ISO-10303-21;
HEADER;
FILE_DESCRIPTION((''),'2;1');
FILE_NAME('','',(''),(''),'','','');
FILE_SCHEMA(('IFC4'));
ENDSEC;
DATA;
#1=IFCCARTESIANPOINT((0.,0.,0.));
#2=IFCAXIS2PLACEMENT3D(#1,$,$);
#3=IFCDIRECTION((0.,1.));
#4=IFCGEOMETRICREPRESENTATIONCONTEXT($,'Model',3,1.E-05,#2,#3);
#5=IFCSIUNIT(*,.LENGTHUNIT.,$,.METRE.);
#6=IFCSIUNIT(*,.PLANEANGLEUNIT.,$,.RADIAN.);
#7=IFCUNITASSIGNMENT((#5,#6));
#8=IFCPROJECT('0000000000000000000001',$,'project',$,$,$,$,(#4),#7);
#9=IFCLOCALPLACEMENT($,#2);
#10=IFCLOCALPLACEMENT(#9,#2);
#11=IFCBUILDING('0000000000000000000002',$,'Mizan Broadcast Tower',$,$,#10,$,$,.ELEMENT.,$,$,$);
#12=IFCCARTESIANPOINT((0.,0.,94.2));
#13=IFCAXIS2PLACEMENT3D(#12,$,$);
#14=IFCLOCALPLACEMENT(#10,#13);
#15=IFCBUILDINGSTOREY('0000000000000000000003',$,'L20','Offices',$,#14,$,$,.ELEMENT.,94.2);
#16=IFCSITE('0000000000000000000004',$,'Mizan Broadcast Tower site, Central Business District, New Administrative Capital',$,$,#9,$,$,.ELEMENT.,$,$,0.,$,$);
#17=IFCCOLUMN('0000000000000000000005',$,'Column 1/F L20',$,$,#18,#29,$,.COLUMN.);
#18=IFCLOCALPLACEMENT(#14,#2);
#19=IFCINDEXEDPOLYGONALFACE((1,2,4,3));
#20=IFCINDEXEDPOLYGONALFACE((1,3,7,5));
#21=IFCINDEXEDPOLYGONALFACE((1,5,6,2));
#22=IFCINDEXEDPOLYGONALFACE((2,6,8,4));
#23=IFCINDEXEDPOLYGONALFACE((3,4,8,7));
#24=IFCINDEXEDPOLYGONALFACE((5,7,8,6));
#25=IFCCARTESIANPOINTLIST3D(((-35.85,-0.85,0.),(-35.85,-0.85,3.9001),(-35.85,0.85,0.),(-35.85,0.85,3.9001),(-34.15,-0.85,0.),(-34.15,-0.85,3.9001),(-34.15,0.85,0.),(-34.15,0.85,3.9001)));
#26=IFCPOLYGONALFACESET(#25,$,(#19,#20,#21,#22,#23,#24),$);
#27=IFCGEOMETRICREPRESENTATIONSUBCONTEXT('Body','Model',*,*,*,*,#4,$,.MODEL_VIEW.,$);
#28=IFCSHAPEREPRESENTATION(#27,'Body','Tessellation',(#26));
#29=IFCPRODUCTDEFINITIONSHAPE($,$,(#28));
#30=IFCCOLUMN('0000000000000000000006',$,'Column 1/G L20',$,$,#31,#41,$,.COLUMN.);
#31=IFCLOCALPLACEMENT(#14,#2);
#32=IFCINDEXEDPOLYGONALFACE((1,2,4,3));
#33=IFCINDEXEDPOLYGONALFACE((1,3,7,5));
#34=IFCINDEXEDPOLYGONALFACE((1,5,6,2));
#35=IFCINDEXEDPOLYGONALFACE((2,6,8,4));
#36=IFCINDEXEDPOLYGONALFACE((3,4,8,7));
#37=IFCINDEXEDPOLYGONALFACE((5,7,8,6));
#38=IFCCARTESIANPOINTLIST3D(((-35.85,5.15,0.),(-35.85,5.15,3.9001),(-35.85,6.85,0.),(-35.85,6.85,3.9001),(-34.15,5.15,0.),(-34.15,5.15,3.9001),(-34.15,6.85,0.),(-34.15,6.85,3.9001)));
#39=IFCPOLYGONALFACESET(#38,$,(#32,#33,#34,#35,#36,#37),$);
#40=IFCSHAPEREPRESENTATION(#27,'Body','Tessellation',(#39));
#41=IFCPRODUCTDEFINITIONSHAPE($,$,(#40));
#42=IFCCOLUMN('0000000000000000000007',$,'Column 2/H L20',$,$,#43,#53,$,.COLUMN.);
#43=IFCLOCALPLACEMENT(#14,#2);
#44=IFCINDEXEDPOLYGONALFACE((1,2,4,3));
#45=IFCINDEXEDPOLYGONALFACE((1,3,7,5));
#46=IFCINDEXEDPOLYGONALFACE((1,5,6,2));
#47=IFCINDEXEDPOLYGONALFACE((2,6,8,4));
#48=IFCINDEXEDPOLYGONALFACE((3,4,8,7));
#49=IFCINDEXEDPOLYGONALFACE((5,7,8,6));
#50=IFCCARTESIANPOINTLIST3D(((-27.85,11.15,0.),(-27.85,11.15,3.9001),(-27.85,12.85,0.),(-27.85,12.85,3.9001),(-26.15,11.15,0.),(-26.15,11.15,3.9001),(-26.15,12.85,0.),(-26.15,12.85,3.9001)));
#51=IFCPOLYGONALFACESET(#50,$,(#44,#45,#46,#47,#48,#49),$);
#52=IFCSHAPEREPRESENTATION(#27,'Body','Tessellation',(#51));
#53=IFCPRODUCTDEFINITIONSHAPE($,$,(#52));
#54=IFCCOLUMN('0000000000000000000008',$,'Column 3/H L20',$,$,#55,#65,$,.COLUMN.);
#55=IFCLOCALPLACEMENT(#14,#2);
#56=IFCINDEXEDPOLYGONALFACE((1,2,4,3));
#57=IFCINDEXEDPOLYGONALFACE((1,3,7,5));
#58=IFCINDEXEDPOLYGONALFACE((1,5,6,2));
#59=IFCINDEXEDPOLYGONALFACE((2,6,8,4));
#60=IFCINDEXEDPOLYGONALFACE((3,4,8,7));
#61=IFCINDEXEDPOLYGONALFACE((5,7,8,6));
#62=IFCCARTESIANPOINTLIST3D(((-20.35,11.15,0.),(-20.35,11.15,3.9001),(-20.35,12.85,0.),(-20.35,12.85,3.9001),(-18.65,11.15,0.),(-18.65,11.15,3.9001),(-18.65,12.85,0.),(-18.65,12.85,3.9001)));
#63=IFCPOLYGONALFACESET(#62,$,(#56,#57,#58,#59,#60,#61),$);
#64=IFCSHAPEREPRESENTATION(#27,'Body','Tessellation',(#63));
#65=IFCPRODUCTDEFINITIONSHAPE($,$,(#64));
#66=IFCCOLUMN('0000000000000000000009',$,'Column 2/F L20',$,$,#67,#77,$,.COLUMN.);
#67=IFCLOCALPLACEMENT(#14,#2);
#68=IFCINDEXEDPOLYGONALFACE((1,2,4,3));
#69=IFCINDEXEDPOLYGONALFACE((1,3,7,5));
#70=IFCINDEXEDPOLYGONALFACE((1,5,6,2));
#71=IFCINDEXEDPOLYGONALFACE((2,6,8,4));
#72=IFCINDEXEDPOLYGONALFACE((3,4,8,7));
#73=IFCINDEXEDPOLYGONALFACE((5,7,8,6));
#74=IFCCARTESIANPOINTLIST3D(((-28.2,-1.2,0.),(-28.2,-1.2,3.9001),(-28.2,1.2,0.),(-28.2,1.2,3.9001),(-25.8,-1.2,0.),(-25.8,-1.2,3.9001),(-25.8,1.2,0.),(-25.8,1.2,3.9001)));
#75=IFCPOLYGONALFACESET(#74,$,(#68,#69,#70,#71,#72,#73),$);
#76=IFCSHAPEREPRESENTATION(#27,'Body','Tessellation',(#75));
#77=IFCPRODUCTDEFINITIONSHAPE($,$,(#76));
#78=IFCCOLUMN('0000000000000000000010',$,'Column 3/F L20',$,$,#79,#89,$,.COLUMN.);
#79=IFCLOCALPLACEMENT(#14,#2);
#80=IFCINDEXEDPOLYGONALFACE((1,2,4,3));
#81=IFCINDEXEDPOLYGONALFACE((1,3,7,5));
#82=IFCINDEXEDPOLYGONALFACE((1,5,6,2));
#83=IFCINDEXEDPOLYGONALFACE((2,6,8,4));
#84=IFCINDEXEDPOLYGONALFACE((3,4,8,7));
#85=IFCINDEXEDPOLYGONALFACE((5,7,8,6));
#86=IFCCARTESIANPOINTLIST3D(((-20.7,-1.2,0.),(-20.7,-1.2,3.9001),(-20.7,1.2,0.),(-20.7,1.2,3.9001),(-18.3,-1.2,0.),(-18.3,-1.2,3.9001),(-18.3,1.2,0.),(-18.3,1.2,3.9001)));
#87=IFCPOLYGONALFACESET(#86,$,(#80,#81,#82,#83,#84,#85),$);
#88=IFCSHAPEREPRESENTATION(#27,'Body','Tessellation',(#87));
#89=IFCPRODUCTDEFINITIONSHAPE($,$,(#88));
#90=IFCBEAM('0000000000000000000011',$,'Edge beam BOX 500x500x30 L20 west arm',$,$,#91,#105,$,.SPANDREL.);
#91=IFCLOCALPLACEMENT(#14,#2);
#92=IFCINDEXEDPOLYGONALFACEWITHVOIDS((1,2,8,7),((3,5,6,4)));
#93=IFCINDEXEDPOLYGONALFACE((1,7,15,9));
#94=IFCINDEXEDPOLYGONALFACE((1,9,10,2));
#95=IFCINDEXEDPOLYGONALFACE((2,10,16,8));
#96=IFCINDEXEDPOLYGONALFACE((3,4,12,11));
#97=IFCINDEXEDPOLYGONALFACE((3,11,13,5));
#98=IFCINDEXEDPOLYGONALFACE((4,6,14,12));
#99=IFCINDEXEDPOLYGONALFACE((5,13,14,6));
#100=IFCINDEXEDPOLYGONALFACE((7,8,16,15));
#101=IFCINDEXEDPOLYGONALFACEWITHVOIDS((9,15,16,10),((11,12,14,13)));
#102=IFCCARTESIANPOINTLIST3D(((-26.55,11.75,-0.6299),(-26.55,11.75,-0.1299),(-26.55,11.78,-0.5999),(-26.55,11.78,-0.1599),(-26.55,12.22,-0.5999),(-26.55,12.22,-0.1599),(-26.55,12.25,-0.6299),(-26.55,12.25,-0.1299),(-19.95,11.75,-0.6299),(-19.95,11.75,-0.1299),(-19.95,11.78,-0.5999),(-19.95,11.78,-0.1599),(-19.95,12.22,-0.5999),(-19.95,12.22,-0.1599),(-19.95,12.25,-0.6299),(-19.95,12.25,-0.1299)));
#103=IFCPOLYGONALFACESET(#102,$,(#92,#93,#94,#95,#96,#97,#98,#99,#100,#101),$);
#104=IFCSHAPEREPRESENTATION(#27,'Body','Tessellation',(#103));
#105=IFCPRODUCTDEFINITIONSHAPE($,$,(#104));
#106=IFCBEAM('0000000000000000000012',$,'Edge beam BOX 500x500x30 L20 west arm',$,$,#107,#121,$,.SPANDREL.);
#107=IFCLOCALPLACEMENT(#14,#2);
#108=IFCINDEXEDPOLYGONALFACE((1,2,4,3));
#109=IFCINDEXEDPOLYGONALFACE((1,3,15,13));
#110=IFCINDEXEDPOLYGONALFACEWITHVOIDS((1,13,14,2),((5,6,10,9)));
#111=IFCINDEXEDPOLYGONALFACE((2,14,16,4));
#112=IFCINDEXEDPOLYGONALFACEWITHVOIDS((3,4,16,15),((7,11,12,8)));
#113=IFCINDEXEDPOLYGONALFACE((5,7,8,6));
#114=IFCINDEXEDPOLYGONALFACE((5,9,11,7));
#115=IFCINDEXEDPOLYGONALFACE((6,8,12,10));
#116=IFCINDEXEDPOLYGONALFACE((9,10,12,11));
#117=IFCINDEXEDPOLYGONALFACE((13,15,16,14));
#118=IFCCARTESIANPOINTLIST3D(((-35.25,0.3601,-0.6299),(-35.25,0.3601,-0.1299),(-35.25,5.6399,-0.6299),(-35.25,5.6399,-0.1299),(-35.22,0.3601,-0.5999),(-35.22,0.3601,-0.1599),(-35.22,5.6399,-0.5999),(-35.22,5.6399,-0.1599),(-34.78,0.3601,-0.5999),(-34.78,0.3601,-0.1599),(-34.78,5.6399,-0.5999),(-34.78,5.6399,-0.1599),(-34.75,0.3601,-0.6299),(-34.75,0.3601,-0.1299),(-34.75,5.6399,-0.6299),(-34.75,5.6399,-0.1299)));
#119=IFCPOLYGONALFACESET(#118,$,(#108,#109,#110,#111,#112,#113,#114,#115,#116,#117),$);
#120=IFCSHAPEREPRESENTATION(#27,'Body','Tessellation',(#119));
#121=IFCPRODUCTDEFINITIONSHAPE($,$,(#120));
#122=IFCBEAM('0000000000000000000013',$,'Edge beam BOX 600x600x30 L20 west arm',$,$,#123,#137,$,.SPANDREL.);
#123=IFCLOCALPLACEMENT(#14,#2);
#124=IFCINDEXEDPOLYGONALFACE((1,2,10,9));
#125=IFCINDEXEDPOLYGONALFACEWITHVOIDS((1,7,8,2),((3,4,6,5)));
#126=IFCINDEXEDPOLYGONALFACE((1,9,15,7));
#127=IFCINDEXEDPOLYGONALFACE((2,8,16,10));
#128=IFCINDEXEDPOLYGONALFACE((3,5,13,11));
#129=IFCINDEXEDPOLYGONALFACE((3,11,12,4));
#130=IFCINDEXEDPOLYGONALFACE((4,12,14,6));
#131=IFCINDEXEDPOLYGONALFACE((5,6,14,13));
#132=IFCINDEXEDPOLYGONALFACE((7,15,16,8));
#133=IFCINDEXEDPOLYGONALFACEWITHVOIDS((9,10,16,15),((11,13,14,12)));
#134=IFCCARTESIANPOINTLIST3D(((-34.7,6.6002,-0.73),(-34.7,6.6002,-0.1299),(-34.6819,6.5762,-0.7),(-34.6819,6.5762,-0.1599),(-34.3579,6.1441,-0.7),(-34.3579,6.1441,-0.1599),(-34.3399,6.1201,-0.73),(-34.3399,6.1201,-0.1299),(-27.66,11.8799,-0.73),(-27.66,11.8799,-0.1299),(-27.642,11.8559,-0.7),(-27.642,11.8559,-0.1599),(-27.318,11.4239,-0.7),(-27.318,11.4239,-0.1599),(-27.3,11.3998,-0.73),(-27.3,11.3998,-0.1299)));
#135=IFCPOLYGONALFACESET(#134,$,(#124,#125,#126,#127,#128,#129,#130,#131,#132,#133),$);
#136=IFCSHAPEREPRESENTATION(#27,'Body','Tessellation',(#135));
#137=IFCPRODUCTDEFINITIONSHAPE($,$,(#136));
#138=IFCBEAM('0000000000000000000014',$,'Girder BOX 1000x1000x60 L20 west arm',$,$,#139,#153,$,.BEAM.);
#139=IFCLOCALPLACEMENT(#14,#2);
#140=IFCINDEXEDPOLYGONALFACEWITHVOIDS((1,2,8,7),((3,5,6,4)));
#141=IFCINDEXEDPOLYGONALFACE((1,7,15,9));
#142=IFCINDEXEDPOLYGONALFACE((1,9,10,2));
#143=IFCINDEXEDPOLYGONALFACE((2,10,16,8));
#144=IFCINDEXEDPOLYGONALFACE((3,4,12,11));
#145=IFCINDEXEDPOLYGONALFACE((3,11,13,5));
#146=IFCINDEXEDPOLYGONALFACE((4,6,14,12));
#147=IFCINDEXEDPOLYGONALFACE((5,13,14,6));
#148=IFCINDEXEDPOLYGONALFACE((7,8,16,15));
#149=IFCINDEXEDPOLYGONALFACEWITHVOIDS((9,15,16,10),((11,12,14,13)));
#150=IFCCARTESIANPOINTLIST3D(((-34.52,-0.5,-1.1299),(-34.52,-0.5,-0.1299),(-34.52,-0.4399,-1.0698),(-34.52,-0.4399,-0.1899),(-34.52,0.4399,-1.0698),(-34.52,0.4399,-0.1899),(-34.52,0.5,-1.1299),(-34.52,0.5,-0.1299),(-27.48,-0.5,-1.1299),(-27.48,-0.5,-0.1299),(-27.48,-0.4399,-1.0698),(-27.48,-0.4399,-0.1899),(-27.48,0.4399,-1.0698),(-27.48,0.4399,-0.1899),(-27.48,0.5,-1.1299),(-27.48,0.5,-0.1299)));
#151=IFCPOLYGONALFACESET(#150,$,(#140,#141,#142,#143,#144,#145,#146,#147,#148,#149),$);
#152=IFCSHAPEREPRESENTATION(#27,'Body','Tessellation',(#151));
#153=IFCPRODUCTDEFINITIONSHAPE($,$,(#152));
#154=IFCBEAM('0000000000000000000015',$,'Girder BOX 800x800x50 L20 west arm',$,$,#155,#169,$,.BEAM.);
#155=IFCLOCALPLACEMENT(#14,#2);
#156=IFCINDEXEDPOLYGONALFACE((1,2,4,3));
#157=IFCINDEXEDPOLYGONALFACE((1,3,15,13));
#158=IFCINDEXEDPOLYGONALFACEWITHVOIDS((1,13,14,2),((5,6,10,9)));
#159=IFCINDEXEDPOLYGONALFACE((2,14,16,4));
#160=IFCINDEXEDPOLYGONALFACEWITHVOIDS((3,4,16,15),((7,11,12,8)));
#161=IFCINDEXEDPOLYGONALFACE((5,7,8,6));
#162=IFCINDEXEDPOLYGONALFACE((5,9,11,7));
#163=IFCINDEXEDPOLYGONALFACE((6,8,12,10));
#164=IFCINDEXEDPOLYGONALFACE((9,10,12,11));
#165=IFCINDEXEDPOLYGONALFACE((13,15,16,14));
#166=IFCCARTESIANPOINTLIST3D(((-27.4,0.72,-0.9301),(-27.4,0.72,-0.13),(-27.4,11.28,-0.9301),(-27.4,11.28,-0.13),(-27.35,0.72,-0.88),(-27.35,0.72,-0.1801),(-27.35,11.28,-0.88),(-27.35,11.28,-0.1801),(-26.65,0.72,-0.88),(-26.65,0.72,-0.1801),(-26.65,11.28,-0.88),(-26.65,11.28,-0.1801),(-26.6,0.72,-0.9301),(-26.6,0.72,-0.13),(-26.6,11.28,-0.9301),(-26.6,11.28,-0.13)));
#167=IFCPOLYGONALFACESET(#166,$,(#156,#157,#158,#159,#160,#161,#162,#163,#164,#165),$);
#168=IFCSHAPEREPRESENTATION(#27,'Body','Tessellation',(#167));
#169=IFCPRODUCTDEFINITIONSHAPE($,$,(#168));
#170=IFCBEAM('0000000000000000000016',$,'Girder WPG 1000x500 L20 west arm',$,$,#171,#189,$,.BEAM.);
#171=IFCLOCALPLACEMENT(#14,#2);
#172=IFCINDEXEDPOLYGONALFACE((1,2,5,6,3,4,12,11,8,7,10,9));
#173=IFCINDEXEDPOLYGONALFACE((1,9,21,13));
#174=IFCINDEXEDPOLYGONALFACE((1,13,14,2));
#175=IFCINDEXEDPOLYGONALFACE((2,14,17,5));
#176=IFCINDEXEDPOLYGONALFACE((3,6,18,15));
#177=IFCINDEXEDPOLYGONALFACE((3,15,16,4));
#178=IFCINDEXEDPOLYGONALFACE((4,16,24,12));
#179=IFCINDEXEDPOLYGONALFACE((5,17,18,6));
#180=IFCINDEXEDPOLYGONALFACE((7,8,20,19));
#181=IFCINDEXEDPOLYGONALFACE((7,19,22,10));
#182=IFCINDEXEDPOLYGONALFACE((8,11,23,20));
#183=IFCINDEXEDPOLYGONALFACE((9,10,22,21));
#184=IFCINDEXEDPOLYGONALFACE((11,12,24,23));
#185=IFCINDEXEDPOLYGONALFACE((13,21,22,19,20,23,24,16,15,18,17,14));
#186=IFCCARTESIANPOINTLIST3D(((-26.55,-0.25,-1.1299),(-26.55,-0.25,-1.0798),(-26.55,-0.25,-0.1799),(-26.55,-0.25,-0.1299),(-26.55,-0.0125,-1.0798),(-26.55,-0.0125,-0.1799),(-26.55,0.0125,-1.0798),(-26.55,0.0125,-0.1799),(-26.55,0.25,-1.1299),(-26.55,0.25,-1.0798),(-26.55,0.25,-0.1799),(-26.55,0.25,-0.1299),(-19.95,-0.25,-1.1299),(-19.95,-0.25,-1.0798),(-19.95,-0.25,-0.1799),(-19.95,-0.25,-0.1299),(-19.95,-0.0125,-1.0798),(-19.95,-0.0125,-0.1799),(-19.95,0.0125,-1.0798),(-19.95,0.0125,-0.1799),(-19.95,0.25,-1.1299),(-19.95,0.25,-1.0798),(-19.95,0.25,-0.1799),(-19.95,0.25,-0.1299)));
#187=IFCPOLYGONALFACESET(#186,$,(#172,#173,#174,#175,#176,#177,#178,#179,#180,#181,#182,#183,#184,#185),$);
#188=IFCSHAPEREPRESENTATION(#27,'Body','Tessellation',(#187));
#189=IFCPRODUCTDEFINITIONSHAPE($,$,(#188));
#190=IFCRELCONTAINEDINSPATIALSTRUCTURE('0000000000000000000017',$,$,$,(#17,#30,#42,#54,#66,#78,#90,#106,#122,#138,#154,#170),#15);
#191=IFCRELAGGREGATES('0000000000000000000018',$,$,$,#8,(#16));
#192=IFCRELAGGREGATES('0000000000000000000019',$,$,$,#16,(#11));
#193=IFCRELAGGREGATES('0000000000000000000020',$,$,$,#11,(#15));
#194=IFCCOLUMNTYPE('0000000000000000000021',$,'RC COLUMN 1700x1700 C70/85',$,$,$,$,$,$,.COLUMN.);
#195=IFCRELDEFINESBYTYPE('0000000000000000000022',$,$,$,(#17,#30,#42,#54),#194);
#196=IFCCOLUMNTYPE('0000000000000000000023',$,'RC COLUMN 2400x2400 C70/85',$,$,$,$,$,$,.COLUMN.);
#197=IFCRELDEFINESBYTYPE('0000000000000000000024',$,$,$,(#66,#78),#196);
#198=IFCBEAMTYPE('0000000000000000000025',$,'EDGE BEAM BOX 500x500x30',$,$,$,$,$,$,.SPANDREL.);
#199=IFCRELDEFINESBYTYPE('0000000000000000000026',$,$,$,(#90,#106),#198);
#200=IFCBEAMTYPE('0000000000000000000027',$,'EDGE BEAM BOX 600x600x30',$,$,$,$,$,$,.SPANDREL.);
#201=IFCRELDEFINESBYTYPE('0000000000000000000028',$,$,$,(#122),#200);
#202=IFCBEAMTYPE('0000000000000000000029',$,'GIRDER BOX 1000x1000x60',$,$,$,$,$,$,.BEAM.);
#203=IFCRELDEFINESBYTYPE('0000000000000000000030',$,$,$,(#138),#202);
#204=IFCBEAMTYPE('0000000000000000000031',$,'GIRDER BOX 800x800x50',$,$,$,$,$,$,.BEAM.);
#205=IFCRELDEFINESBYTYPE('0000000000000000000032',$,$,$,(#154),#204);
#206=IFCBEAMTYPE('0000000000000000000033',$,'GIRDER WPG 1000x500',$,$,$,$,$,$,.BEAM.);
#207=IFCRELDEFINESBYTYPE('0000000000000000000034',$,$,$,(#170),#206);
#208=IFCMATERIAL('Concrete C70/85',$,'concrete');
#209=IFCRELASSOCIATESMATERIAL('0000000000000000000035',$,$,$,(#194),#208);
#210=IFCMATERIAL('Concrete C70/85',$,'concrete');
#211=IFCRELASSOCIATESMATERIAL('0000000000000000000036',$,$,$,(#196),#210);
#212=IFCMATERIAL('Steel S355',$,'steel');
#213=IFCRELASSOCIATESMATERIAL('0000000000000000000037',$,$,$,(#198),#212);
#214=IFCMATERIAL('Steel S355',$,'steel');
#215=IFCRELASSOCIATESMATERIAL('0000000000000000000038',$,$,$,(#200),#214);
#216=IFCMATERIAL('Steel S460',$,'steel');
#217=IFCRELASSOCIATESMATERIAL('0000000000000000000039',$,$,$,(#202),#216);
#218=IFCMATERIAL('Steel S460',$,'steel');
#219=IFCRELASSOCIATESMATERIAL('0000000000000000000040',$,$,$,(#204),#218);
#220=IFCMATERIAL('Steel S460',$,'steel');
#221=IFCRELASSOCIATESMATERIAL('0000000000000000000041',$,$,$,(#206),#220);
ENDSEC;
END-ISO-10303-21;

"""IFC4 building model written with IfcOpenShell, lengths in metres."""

from ifc_helpers import new_model, si_unit, direction, frame, origin, origin_2d, place, context, subcontext, project, spatial, rectangle, hollow_rectangle, i_section, extrude, material, material_profile, profile_set, type_object, element, save


model = new_model("IFC4")

# Units and contexts
model_context = context("Model", 3, precision=1e-05, world=origin(), true_north=direction((0.0, 1.0)))
body_context = subcontext(model_context, "Body", "Model", "MODEL_VIEW")
ifc_project = project(units=[si_unit("LENGTHUNIT", "METRE"), si_unit("PLANEANGLEUNIT", "RADIAN")], contexts=[model_context])

# Site, building, storey
site_placement = place(None, origin())
site = spatial("IfcSite", under=ifc_project, at=site_placement, Name="Mizan Broadcast Tower site, Central Business District, New Administrative Capital", CompositionType="ELEMENT", RefElevation=0.0)
building_placement = place(site_placement, origin())
building = spatial("IfcBuilding", under=site, at=building_placement, Name="Mizan Broadcast Tower", CompositionType="ELEMENT")
storey_placement = place(building_placement, frame((0.0, 0.0, 94.2)))
storey = spatial("IfcBuildingStorey", under=building, at=storey_placement, Name="L20", Description="Offices", CompositionType="ELEMENT", Elevation=94.2)

# Columns
ifc_material_1 = material(Name="Concrete C70/85", Category="concrete")
ifc_material_profile_1 = material_profile(ifc_material_1, rectangle(XDim=1.7, YDim=1.7, at=origin_2d()), Name="RC 1700x1700")
ifc_profile_set_1 = profile_set([ifc_material_profile_1], Name="Concrete C70/85")
column_type_1 = type_object("IfcColumnType", Name="RC COLUMN 1700x1700 C70/85", PredefinedType="COLUMN", material=ifc_profile_set_1)
for number, where, z_axis, x_axis, name in (
    (1, (-35.0, 0.0, 0.0), (0.0, 0.0, 1.0), (1.0, 0.0, 0.0), "Column 1/F L20"),
    (2, (-35.0, 6.0, 0.0), (0.0, 0.0, 1.0), (1.0, 0.0, 0.0), "Column 1/G L20"),
    (3, (-27.0, 12.0, 0.0), (0.0, 0.0, 1.0), (1.0, 0.0, 0.0), "Column 2/H L20"),
    (4, (-19.5, 12.0, 0.0), (0.0, 0.0, 1.0), (1.0, 0.0, 0.0), "Column 3/H L20"),
):
    element("IfcColumn", number, at=place(storey_placement, frame(where, z_axis=z_axis, x_axis=x_axis)), inside=storey, type_object=column_type_1, Name=name, PredefinedType="COLUMN", context=body_context, shape_type="SweptSolid", body=[
        extrude(rectangle(XDim=1.7, YDim=1.7, at=origin_2d()), origin(), (0.0, 0.0, 1.0), 3.9001),
    ])
ifc_material_2 = material(Name="Concrete C70/85", Category="concrete")
ifc_material_profile_2 = material_profile(ifc_material_2, rectangle(XDim=2.3999, YDim=2.3999, at=origin_2d()), Name="RC 2400x2400")
ifc_profile_set_2 = profile_set([ifc_material_profile_2], Name="Concrete C70/85")
column_type_2 = type_object("IfcColumnType", Name="RC COLUMN 2400x2400 C70/85", PredefinedType="COLUMN", material=ifc_profile_set_2)
for number, where, z_axis, x_axis, name in (
    (5, (-27.0, 0.0, 0.0), (0.0, 0.0, 1.0), (1.0, 0.0, 0.0), "Column 2/F L20"),
    (6, (-19.5, 0.0, 0.0), (0.0, 0.0, 1.0), (1.0, 0.0, 0.0), "Column 3/F L20"),
):
    element("IfcColumn", number, at=place(storey_placement, frame(where, z_axis=z_axis, x_axis=x_axis)), inside=storey, type_object=column_type_2, Name=name, PredefinedType="COLUMN", context=body_context, shape_type="SweptSolid", body=[
        extrude(rectangle(XDim=2.3999, YDim=2.3999, at=origin_2d()), origin(), (0.0, 0.0, 1.0), 3.9001),
    ])

# Beams
ifc_material_3 = material(Name="Steel S355", Category="steel")
ifc_material_profile_3 = material_profile(ifc_material_3, hollow_rectangle(XDim=0.5, YDim=0.5, WallThickness=0.03, at=origin_2d()), Name="BOX 500x500x30")
ifc_profile_set_3 = profile_set([ifc_material_profile_3], Name="Steel S355")
beam_type_1 = type_object("IfcBeamType", Name="EDGE BEAM BOX 500x500x30", PredefinedType="SPANDREL", material=ifc_profile_set_3)
beam_1_placement = place(storey_placement, frame((-19.95, 12.0, -0.3799), z_axis=(-1.0, 0.0, 0.0), x_axis=(0.0, -1.0, 0.0)))
element("IfcBeam", 7, at=beam_1_placement, inside=storey, type_object=beam_type_1, Name="Edge beam BOX 500x500x30 L20 west arm", PredefinedType="SPANDREL", context=body_context, shape_type="SweptSolid", body=[
    extrude(hollow_rectangle(XDim=0.5, YDim=0.5, WallThickness=0.03, at=origin_2d()), origin(), (0.0, 0.0, 1.0), 6.6001),
])
beam_2_placement = place(storey_placement, frame((-35.0, 5.6399, -0.3799), z_axis=(0.0, -1.0, 0.0), x_axis=(1.0, 0.0, 0.0)))
element("IfcBeam", 8, at=beam_2_placement, inside=storey, type_object=beam_type_1, Name="Edge beam BOX 500x500x30 L20 west arm", PredefinedType="SPANDREL", context=body_context, shape_type="SweptSolid", body=[
    extrude(hollow_rectangle(XDim=0.5, YDim=0.5, WallThickness=0.03, at=origin_2d()), origin(), (0.0, 0.0, 1.0), 5.2798),
])
ifc_material_4 = material(Name="Steel S355", Category="steel")
ifc_material_profile_4 = material_profile(ifc_material_4, hollow_rectangle(XDim=0.6001, YDim=0.6001, WallThickness=0.03, at=origin_2d()), Name="BOX 600x600x30")
ifc_profile_set_4 = profile_set([ifc_material_profile_4], Name="Steel S355")
beam_type_2 = type_object("IfcBeamType", Name="EDGE BEAM BOX 600x600x30", PredefinedType="SPANDREL", material=ifc_profile_set_4)
beam_3_placement = place(storey_placement, frame((-27.48, 11.6399, -0.4299), z_axis=(-0.800013, -0.599982, 0.0), x_axis=(0.599982, -0.800013, 0.0)))
element("IfcBeam", 9, at=beam_3_placement, inside=storey, type_object=beam_type_2, Name="Edge beam BOX 600x600x30 L20 west arm", PredefinedType="SPANDREL", context=body_context, shape_type="SweptSolid", body=[
    extrude(hollow_rectangle(XDim=0.6001, YDim=0.6001, WallThickness=0.03, at=origin_2d()), origin(), (0.0, 0.0, 1.0), 8.7998),
])
ifc_material_5 = material(Name="Steel S460", Category="steel")
ifc_material_profile_5 = material_profile(ifc_material_5, hollow_rectangle(XDim=1.0, YDim=1.0, WallThickness=0.0601, at=origin_2d()), Name="BOX 1000x1000x60")
ifc_profile_set_5 = profile_set([ifc_material_profile_5], Name="Steel S460")
beam_type_3 = type_object("IfcBeamType", Name="GIRDER BOX 1000x1000x60", PredefinedType="BEAM", material=ifc_profile_set_5)
beam_4_placement = place(storey_placement, frame((-27.48, 0.0, -0.6299), z_axis=(-1.0, 0.0, 0.0), x_axis=(0.0, -1.0, 0.0)))
element("IfcBeam", 10, at=beam_4_placement, inside=storey, type_object=beam_type_3, Name="Girder BOX 1000x1000x60 L20 west arm", PredefinedType="BEAM", context=body_context, shape_type="SweptSolid", body=[
    extrude(hollow_rectangle(XDim=1.0, YDim=1.0, WallThickness=0.0601, at=origin_2d()), origin(), (0.0, 0.0, 1.0), 7.04),
])
ifc_material_6 = material(Name="Steel S460", Category="steel")
ifc_material_profile_6 = material_profile(ifc_material_6, hollow_rectangle(XDim=0.8, YDim=0.8, WallThickness=0.05, at=origin_2d()), Name="BOX 800x800x50")
ifc_profile_set_6 = profile_set([ifc_material_profile_6], Name="Steel S460")
beam_type_4 = type_object("IfcBeamType", Name="GIRDER BOX 800x800x50", PredefinedType="BEAM", material=ifc_profile_set_6)
beam_5_placement = place(storey_placement, frame((-27.0, 11.28, -0.53), z_axis=(0.0, -1.0, 0.0), x_axis=(1.0, 0.0, 0.0)))
element("IfcBeam", 11, at=beam_5_placement, inside=storey, type_object=beam_type_4, Name="Girder BOX 800x800x50 L20 west arm", PredefinedType="BEAM", context=body_context, shape_type="SweptSolid", body=[
    extrude(hollow_rectangle(XDim=0.8, YDim=0.8, WallThickness=0.05, at=origin_2d()), origin(), (0.0, 0.0, 1.0), 10.5601),
])
ifc_material_7 = material(Name="Steel S460", Category="steel")
ifc_material_profile_7 = material_profile(ifc_material_7, i_section(OverallWidth=0.5, OverallDepth=1.0, WebThickness=0.0249, FlangeThickness=0.05, at=origin_2d()), Name="WPG 1000x500")
ifc_profile_set_7 = profile_set([ifc_material_profile_7], Name="Steel S460")
beam_type_5 = type_object("IfcBeamType", Name="GIRDER WPG 1000x500", PredefinedType="BEAM", material=ifc_profile_set_7)
beam_6_placement = place(storey_placement, frame((-19.95, 0.0, -0.6299), z_axis=(-1.0, 0.0, 0.0), x_axis=(0.0, -1.0, 0.0)))
element("IfcBeam", 12, at=beam_6_placement, inside=storey, type_object=beam_type_5, Name="Girder WPG 1000x500 L20 west arm", PredefinedType="BEAM", context=body_context, shape_type="SweptSolid", body=[
    extrude(i_section(OverallWidth=0.5, OverallDepth=1.0, WebThickness=0.0249, FlangeThickness=0.05, at=origin_2d()), origin(), (0.0, 0.0, 1.0), 6.6001),
])

save(model, "model.ifc")
